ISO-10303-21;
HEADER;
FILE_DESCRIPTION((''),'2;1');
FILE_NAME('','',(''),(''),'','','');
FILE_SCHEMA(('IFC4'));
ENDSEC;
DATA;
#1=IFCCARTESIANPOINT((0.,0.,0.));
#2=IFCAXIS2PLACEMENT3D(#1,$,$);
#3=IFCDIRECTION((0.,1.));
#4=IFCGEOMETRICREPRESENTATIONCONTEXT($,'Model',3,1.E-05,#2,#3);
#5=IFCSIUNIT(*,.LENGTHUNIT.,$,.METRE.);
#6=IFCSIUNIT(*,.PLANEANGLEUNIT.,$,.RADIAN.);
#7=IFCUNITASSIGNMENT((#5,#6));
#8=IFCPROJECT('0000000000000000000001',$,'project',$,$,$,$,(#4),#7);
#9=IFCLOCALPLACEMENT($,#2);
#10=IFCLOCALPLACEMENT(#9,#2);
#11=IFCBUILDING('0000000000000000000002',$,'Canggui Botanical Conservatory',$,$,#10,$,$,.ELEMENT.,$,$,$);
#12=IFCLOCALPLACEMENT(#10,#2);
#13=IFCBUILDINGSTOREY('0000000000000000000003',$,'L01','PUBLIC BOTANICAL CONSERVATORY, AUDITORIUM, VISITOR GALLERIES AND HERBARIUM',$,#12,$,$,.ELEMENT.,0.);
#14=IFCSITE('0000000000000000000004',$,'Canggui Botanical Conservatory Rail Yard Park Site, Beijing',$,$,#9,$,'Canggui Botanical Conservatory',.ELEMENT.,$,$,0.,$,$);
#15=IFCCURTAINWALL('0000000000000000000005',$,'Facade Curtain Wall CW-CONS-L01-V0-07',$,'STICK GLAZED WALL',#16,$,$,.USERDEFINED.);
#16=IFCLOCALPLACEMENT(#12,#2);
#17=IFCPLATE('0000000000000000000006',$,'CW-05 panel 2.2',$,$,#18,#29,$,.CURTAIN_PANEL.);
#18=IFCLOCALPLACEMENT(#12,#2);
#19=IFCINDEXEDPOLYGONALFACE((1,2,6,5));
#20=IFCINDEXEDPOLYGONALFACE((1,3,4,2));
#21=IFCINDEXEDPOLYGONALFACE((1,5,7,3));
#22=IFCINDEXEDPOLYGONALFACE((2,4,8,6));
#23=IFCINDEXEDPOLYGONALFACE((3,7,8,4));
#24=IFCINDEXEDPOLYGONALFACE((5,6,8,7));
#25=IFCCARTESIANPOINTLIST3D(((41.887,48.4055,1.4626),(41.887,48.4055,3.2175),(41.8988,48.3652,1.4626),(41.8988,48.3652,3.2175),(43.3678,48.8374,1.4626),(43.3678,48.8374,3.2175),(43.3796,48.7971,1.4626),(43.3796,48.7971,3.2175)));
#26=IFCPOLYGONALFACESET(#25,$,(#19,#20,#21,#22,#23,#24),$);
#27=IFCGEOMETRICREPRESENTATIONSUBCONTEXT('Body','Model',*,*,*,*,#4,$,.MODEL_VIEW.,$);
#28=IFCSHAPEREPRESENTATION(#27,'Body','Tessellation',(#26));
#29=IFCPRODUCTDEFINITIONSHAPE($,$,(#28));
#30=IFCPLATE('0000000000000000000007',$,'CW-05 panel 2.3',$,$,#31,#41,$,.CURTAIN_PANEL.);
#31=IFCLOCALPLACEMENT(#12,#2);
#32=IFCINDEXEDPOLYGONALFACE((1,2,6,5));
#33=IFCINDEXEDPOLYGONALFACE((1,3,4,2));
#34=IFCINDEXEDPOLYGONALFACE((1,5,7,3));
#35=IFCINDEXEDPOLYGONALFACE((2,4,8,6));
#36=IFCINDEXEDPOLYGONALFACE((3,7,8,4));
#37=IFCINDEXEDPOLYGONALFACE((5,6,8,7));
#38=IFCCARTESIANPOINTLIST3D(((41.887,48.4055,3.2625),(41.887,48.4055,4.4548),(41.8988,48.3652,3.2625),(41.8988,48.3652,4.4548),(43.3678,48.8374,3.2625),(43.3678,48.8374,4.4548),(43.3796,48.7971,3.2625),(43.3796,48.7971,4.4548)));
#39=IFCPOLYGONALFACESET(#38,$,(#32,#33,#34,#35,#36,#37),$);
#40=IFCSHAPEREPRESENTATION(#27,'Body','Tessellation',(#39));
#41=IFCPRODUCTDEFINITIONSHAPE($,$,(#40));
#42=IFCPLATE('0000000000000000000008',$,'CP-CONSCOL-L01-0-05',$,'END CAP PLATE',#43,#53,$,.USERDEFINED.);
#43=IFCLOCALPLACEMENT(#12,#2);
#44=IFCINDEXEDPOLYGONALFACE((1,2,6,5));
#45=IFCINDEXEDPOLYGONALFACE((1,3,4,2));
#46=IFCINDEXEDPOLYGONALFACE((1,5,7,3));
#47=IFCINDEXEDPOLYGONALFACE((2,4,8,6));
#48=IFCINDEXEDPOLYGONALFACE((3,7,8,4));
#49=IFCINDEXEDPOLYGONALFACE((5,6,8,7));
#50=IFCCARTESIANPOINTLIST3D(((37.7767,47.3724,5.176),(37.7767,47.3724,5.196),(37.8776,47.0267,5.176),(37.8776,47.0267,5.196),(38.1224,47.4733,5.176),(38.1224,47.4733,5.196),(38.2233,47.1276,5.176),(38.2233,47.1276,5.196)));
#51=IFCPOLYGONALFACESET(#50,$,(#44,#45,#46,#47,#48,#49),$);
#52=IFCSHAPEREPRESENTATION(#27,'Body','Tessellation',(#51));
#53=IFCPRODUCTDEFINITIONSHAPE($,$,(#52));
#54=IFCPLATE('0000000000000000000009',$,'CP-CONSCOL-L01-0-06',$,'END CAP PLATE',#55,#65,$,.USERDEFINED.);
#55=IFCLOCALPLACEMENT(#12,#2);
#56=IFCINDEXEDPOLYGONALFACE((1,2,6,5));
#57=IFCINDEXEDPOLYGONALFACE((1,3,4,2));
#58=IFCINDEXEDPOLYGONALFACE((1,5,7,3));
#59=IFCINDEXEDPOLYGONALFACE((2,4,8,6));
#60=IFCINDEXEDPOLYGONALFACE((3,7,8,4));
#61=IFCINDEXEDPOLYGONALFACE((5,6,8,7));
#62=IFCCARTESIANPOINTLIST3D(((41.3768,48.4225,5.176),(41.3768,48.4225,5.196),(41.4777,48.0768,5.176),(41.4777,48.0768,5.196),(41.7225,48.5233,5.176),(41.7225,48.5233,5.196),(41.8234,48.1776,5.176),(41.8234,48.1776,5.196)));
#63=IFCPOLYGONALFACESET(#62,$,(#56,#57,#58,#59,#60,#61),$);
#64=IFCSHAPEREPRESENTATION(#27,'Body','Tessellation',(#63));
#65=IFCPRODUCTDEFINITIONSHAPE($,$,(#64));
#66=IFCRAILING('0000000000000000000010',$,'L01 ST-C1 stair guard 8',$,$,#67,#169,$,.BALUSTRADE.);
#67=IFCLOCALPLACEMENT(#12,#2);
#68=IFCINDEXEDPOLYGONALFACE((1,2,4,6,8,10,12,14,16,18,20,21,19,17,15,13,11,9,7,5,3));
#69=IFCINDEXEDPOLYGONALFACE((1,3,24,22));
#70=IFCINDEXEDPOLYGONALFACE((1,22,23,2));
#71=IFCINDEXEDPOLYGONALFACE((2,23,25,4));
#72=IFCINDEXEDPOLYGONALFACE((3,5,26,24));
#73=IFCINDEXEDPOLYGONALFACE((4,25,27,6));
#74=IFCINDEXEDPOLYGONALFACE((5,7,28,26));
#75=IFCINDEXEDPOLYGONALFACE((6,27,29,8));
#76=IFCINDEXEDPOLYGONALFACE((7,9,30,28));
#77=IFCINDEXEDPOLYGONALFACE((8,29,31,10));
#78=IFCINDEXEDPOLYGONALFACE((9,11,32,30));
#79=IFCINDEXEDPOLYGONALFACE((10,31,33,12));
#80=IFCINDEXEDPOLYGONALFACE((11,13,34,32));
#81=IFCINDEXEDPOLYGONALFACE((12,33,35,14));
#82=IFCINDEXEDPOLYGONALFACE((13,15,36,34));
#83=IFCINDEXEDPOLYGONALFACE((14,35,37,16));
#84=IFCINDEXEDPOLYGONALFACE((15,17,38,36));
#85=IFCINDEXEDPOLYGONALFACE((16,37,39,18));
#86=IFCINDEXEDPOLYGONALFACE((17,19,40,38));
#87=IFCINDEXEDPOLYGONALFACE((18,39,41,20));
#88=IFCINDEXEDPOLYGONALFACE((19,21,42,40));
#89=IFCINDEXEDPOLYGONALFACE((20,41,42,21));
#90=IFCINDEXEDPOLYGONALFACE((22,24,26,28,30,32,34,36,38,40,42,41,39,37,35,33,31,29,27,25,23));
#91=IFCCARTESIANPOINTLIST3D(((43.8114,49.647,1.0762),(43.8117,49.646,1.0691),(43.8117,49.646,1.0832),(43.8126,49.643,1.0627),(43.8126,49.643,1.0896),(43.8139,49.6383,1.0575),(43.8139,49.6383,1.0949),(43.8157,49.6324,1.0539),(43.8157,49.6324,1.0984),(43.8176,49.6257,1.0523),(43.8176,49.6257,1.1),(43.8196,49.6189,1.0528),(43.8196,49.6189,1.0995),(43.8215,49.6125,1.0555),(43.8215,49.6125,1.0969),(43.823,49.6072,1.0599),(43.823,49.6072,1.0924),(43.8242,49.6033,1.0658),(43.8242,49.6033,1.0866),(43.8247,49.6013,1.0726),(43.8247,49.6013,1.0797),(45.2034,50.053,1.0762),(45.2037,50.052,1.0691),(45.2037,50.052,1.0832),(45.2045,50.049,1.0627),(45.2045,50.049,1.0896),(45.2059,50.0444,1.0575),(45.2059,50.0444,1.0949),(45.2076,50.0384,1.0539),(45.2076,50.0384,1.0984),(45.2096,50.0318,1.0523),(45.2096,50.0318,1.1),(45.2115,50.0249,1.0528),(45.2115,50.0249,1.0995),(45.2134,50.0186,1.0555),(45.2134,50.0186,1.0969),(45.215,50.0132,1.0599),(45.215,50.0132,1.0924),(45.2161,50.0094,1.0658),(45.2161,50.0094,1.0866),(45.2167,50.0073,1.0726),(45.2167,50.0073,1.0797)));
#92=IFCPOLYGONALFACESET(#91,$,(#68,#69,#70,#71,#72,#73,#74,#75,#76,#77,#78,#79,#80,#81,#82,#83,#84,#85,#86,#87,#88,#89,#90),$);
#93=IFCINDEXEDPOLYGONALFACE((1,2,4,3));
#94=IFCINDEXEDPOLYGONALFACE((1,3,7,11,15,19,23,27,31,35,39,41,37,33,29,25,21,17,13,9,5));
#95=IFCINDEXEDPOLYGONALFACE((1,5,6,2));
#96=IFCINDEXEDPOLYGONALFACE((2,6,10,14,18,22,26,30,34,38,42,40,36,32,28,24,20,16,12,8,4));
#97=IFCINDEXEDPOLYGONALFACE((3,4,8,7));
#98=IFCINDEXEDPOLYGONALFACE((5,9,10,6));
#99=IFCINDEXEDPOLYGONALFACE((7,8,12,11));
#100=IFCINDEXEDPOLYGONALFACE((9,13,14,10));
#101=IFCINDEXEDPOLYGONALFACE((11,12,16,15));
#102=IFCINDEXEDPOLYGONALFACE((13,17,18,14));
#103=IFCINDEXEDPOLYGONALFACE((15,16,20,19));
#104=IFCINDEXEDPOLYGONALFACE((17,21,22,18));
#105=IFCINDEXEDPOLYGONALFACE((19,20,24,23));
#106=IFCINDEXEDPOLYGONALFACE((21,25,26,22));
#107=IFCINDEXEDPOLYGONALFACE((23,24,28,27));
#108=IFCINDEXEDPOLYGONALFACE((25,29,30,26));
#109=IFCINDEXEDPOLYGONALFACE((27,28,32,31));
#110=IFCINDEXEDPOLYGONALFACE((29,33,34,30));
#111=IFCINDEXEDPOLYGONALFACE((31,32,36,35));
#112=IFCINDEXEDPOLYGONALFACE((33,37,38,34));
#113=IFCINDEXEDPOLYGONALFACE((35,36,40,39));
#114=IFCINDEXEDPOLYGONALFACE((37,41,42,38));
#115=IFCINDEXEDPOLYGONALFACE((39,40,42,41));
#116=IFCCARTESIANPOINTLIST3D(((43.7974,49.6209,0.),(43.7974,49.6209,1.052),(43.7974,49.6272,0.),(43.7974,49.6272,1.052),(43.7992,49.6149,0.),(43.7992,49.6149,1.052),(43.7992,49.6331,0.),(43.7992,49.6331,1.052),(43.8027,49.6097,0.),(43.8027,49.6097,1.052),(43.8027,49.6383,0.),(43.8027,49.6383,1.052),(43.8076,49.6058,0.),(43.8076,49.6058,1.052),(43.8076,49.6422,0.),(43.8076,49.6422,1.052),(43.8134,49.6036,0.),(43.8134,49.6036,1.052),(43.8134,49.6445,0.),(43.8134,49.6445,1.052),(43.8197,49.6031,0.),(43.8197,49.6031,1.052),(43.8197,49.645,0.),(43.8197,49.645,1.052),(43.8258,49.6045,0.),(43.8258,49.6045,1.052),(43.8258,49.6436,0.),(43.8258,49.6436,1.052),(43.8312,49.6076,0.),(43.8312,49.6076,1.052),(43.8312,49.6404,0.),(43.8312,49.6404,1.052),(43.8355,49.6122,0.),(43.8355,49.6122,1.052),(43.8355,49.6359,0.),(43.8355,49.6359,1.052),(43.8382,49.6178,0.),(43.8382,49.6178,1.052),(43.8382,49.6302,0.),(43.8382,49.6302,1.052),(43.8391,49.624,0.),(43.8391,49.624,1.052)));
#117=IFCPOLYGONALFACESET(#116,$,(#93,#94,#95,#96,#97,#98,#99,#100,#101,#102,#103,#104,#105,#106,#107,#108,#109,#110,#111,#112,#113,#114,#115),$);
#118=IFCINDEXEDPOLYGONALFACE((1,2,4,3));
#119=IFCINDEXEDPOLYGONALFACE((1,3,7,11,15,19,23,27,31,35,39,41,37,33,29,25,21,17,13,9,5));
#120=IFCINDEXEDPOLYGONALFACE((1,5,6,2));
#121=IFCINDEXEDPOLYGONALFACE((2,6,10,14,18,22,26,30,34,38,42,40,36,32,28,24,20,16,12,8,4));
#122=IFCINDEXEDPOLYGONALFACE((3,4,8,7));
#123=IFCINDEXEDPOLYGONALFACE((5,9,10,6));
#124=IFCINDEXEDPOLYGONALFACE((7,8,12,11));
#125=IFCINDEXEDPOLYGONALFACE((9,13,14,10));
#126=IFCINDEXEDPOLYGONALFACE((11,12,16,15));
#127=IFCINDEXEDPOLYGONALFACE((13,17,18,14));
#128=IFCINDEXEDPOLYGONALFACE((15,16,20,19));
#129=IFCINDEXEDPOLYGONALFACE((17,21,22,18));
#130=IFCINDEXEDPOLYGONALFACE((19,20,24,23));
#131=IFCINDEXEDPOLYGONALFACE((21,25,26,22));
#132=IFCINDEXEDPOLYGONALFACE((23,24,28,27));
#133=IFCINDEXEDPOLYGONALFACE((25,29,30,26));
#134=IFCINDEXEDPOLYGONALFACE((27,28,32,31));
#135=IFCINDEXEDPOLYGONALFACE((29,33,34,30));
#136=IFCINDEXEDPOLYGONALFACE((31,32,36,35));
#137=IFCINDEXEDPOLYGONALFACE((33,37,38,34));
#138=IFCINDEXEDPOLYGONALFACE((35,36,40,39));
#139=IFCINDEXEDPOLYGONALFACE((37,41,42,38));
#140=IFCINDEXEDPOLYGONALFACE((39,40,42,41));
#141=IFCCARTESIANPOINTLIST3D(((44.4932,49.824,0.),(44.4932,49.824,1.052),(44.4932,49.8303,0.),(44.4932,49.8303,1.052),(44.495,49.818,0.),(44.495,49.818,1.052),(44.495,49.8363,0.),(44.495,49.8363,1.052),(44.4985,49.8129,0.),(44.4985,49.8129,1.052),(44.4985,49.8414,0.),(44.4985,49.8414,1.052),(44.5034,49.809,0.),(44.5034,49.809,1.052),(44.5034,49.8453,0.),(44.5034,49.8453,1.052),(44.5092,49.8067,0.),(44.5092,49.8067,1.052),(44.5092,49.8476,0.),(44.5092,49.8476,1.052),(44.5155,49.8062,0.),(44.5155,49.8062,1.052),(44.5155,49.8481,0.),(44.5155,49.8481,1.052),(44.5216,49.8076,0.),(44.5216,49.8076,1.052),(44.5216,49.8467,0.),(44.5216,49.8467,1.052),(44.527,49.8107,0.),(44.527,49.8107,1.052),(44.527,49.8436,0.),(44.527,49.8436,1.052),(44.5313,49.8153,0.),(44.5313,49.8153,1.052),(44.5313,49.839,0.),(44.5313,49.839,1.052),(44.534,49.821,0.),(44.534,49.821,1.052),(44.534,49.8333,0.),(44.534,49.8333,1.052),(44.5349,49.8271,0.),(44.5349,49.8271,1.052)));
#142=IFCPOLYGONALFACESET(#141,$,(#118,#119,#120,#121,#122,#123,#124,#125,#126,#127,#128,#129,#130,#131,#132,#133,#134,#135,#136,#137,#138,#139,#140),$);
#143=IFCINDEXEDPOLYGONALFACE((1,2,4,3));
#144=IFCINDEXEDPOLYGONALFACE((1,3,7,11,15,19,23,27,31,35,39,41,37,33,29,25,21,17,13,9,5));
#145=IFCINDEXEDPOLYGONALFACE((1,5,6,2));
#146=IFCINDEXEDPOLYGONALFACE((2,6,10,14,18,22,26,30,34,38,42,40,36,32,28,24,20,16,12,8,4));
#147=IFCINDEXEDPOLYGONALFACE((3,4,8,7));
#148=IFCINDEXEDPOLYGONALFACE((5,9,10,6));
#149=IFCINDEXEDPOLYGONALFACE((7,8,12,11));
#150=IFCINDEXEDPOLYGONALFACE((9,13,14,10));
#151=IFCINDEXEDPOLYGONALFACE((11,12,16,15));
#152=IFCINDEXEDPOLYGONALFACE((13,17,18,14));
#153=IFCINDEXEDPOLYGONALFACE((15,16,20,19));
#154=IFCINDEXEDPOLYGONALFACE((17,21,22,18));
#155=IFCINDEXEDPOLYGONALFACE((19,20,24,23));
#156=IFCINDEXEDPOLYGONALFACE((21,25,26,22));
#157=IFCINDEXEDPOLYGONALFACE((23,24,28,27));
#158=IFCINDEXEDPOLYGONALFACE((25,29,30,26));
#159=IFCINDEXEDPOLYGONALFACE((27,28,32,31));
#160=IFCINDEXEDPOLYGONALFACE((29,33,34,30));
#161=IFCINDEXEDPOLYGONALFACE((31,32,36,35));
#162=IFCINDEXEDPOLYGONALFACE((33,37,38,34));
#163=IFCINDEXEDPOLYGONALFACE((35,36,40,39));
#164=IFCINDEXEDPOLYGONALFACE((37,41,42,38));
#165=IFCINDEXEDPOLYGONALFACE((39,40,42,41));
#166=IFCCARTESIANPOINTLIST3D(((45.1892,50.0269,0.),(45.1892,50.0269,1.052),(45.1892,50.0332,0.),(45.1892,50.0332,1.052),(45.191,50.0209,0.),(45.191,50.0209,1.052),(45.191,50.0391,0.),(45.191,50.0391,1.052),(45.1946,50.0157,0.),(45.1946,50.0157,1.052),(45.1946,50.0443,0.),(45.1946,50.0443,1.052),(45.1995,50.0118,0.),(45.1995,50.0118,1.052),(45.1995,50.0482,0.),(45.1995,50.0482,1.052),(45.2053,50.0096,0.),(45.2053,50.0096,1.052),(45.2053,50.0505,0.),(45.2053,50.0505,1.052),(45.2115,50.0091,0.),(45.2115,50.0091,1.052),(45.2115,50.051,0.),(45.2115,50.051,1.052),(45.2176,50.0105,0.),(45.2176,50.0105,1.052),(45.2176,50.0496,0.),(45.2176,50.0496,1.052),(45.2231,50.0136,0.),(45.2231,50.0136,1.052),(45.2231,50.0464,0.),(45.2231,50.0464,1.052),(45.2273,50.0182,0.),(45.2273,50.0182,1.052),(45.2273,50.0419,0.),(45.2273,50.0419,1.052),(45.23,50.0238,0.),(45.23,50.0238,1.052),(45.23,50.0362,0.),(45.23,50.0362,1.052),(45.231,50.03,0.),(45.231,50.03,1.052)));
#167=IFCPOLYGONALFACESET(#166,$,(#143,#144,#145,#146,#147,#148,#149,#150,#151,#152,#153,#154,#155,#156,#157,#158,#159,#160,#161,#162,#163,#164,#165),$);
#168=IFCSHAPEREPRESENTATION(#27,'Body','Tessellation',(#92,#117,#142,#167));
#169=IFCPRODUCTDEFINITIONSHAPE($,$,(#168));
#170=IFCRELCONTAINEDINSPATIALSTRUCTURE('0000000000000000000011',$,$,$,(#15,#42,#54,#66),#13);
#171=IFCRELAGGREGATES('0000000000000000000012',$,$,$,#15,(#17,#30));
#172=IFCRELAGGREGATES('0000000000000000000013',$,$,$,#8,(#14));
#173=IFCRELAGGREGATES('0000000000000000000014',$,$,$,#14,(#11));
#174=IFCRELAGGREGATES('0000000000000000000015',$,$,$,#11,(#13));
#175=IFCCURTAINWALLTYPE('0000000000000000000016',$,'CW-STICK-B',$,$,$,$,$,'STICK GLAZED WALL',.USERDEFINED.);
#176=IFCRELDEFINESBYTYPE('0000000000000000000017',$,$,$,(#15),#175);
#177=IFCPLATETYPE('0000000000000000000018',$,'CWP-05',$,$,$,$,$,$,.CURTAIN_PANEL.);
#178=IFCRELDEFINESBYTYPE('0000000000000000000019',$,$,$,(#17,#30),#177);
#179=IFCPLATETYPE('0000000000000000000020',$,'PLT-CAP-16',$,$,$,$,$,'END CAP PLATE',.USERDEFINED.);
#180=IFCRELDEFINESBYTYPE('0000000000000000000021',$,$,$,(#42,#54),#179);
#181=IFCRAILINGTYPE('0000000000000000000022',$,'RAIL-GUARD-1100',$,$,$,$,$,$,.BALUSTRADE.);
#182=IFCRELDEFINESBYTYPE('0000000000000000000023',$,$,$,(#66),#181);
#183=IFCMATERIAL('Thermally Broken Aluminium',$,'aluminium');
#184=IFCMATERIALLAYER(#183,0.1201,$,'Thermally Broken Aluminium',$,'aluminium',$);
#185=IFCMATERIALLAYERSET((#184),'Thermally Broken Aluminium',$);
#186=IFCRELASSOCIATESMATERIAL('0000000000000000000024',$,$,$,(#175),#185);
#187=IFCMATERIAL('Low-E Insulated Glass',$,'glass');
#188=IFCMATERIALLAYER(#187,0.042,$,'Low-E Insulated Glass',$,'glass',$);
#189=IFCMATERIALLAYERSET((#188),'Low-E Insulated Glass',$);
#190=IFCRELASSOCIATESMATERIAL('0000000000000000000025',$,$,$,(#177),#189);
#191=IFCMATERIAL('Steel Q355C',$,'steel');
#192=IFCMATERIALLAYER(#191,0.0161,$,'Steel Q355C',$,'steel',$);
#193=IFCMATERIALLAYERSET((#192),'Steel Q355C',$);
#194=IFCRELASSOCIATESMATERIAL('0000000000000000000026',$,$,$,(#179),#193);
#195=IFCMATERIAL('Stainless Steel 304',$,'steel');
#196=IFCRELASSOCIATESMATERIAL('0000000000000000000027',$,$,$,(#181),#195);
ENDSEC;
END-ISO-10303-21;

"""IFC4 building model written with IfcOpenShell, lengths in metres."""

from ifc_helpers import new_model, si_unit, direction, frame, origin, origin_2d, place, context, subcontext, project, spatial, rectangle, circle, extrude, material, layer, layer_set, type_object, element, aggregate, save


model = new_model("IFC4")

# Units and contexts
model_context = context("Model", 3, precision=1e-05, world=origin(), true_north=direction((0.0, 1.0)))
body_context = subcontext(model_context, "Body", "Model", "MODEL_VIEW")
ifc_project = project(units=[si_unit("LENGTHUNIT", "METRE"), si_unit("PLANEANGLEUNIT", "RADIAN")], contexts=[model_context])

# Site, building, storey
site_placement = place(None, origin())
site = spatial("IfcSite", under=ifc_project, at=site_placement, Name="Canggui Botanical Conservatory Rail Yard Park Site, Beijing", LongName="Canggui Botanical Conservatory", CompositionType="ELEMENT", RefElevation=0.0)
building_placement = place(site_placement, origin())
building = spatial("IfcBuilding", under=site, at=building_placement, Name="Canggui Botanical Conservatory", CompositionType="ELEMENT")
storey_placement = place(building_placement, origin())
storey = spatial("IfcBuildingStorey", under=building, at=storey_placement, Name="L01", Description="PUBLIC BOTANICAL CONSERVATORY, AUDITORIUM, VISITOR GALLERIES AND HERBARIUM", CompositionType="ELEMENT", Elevation=0.0)

# Shared definitions
ifc_material_1 = material(Name="Steel Q355C", Category="steel")

# Curtain wall
ifc_material_2 = material(Name="Thermally Broken Aluminium", Category="aluminium")
ifc_layer_1 = layer(ifc_material_2, 0.1201, Name="Thermally Broken Aluminium", Category="aluminium")
ifc_layer_set_1 = layer_set([ifc_layer_1], Name="Thermally Broken Aluminium")
curtain_wall_type = type_object("IfcCurtainWallType", Name="CW-STICK-B", ElementType="STICK GLAZED WALL", PredefinedType="USERDEFINED", material=ifc_layer_set_1)
curtain_wall_1_placement = place(storey_placement, origin())
curtain_wall_1 = element("IfcCurtainWall", 1, at=curtain_wall_1_placement, inside=storey, type_object=curtain_wall_type, Name="Facade Curtain Wall CW-CONS-L01-V0-07", ObjectType="STICK GLAZED WALL", PredefinedType="USERDEFINED")

# Plates
ifc_material_3 = material(Name="Low-E Insulated Glass", Category="glass")
ifc_layer_2 = layer(ifc_material_3, 0.042, Name="Low-E Insulated Glass", Category="glass")
ifc_layer_set_2 = layer_set([ifc_layer_2], Name="Low-E Insulated Glass")
plate_type_1 = type_object("IfcPlateType", Name="CWP-05", PredefinedType="CURTAIN_PANEL", material=ifc_layer_set_2)
plate_1_placement = place(storey_placement, frame((42.6333, 48.6013, 1.4626), z_axis=(0.0, 0.0, 1.0), x_axis=(-0.96, -0.28, 0.0)))
plate_1 = element("IfcPlate", 2, at=plate_1_placement, type_object=plate_type_1, Name="CW-05 panel 2.2", PredefinedType="CURTAIN_PANEL", context=body_context, shape_type="SweptSolid", body=[
    extrude(rectangle(XDim=1.5425, YDim=0.042, at=origin_2d()), origin(), (0.0, 0.0, 1.0), 1.7549),
])
plate_2_placement = place(storey_placement, frame((42.6333, 48.6013, 3.2625), z_axis=(0.0, 0.0, 1.0), x_axis=(-0.96, -0.28, 0.0)))
plate_2 = element("IfcPlate", 3, at=plate_2_placement, type_object=plate_type_1, Name="CW-05 panel 2.3", PredefinedType="CURTAIN_PANEL", context=body_context, shape_type="SweptSolid", body=[
    extrude(rectangle(XDim=1.5425, YDim=0.042, at=origin_2d()), origin(), (0.0, 0.0, 1.0), 1.1924),
])
aggregate(curtain_wall_1, [plate_1, plate_2])

# Plates
ifc_layer_3 = layer(ifc_material_1, 0.0161, Name="Steel Q355C", Category="steel")
ifc_layer_set_3 = layer_set([ifc_layer_3], Name="Steel Q355C")
plate_type_2 = type_object("IfcPlateType", Name="PLT-CAP-16", ElementType="END CAP PLATE", PredefinedType="USERDEFINED", material=ifc_layer_set_3)
for number, where, z_axis, x_axis, name in (
    (4, (38.0, 47.25, 5.176), (0.0, 0.0, 1.0), (0.96, 0.28, 0.0), "CP-CONSCOL-L01-0-05"),
    (5, (41.6001, 48.3, 5.176), (0.0, 0.0, 1.0), (0.96, 0.28, 0.0), "CP-CONSCOL-L01-0-06"),
):
    element("IfcPlate", number, at=place(storey_placement, frame(where, z_axis=z_axis, x_axis=x_axis)), inside=storey, type_object=plate_type_2, Name=name, ObjectType="END CAP PLATE", PredefinedType="USERDEFINED", context=body_context, shape_type="SweptSolid", body=[
        extrude(rectangle(XDim=0.3601, YDim=0.3601, at=origin_2d()), origin(), (0.0, 0.0, 1.0), 0.02),
    ])

# Railing
ifc_material_4 = material(Name="Stainless Steel 304", Category="steel")
railing_type = type_object("IfcRailingType", Name="RAIL-GUARD-1100", PredefinedType="BALUSTRADE", material=ifc_material_4)
railing_1_placement = place(storey_placement, frame((43.8181, 49.624, 0.0)))
element("IfcRailing", 6, at=railing_1_placement, inside=storey, type_object=railing_type, Name="L01 ST-C1 stair guard 8", PredefinedType="BALUSTRADE", context=body_context, shape_type="SweptSolid", body=[
    extrude(circle(Radius=0.0239, at=origin_2d()), frame((0.0, 0.0, 1.0762), z_axis=(0.959991, 0.280032, 0.0), x_axis=(-0.280032, 0.959991, 0.0)), (0.0, 0.0, 1.0), 1.45),
    extrude(circle(Radius=0.021, at=origin_2d()), origin(), (0.0, 0.0, 1.0), 1.052),
    extrude(circle(Radius=0.021, at=origin_2d()), frame((0.6958, 0.2031, 0.0)), (0.0, 0.0, 1.0), 1.052),
    extrude(circle(Radius=0.021, at=origin_2d()), frame((1.3918, 0.406, 0.0)), (0.0, 0.0, 1.0), 1.052),
])

save(model, "model.ifc")
